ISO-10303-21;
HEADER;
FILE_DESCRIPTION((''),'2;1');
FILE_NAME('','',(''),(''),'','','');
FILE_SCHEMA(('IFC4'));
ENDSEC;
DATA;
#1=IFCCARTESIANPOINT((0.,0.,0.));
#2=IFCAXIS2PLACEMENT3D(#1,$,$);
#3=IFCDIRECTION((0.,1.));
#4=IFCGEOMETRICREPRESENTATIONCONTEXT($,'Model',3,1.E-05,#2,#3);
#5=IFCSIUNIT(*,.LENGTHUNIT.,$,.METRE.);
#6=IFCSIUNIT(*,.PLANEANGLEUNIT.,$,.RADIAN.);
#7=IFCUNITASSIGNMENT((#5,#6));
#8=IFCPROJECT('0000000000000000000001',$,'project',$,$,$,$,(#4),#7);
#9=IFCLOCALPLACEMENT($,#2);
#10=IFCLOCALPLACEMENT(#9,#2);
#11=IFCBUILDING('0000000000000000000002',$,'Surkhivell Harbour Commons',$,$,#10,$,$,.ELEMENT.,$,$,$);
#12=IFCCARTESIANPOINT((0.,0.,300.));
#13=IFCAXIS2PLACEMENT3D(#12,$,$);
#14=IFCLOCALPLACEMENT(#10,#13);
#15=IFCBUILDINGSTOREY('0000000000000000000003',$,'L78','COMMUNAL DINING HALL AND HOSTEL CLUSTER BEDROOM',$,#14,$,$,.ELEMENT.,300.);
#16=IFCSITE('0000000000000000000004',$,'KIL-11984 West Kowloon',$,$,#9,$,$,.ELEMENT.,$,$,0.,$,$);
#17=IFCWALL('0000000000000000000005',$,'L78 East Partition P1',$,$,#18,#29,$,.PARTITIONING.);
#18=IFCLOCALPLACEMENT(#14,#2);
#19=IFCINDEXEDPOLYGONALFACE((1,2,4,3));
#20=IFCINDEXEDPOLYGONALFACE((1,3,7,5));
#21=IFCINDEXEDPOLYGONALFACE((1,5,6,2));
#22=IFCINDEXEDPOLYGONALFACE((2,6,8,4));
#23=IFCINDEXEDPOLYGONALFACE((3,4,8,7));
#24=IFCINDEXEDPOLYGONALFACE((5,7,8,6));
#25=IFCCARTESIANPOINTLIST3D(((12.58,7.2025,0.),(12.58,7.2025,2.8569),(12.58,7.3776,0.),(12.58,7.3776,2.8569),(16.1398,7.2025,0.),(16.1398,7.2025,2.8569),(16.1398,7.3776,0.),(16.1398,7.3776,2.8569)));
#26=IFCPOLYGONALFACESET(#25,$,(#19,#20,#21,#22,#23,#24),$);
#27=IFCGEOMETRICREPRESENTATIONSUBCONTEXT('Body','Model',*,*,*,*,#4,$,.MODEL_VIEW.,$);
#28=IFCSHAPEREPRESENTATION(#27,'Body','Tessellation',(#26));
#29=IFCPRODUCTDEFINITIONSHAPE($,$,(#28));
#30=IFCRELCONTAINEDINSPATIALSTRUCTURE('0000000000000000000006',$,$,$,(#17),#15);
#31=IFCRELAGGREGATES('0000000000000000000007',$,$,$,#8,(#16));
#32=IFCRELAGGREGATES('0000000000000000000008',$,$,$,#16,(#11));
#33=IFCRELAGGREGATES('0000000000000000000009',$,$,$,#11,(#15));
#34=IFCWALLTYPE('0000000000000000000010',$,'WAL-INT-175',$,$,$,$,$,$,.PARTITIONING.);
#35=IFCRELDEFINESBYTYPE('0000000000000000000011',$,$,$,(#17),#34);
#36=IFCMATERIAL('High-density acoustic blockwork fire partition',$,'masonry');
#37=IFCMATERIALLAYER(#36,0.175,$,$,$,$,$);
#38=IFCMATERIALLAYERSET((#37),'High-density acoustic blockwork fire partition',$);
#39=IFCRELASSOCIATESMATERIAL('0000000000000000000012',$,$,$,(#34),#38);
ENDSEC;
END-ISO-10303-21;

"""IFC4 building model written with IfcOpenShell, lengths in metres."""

from ifc_helpers import new_model, si_unit, direction, frame, frame_2d, origin, place, context, subcontext, project, spatial, rectangle, extrude, material, layer, layer_set, type_object, element, save


model = new_model("IFC4")

# Units and contexts
model_context = context("Model", 3, precision=1e-05, world=origin(), true_north=direction((0.0, 1.0)))
body_context = subcontext(model_context, "Body", "Model", "MODEL_VIEW")
ifc_project = project(units=[si_unit("LENGTHUNIT", "METRE"), si_unit("PLANEANGLEUNIT", "RADIAN")], contexts=[model_context])

# Site, building, storey
site_placement = place(None, origin())
site = spatial("IfcSite", under=ifc_project, at=site_placement, Name="KIL-11984 West Kowloon", CompositionType="ELEMENT", RefElevation=0.0)
building_placement = place(site_placement, origin())
building = spatial("IfcBuilding", under=site, at=building_placement, Name="Surkhivell Harbour Commons", CompositionType="ELEMENT")
storey_placement = place(building_placement, frame((0.0, 0.0, 300.0)))
storey = spatial("IfcBuildingStorey", under=building, at=storey_placement, Name="L78", Description="COMMUNAL DINING HALL AND HOSTEL CLUSTER BEDROOM", CompositionType="ELEMENT", Elevation=300.0)

# Wall
ifc_material_1 = material(Name="High-density acoustic blockwork fire partition", Category="masonry")
ifc_layer_1 = layer(ifc_material_1, 0.175)
ifc_layer_set_1 = layer_set([ifc_layer_1], Name="High-density acoustic blockwork fire partition")
wall_type_1 = type_object("IfcWallType", Name="WAL-INT-175", PredefinedType="PARTITIONING", material=ifc_layer_set_1)
wall_1_placement = place(storey_placement, frame((12.5801, 7.29, 0.0), z_axis=(0.0, 0.0, 1.0), x_axis=(1.0, 0.0, 0.0)))
element("IfcWall", 1, at=wall_1_placement, inside=storey, type_object=wall_type_1, Name="L78 East Partition P1", PredefinedType="PARTITIONING", context=body_context, shape_type="SweptSolid", body=[
    extrude(rectangle(XDim=3.5598, YDim=0.175, at=frame_2d((1.7798, 0.0))), origin(), (0.0, 0.0, 1.0), 2.8569),
])

save(model, "model.ifc")
